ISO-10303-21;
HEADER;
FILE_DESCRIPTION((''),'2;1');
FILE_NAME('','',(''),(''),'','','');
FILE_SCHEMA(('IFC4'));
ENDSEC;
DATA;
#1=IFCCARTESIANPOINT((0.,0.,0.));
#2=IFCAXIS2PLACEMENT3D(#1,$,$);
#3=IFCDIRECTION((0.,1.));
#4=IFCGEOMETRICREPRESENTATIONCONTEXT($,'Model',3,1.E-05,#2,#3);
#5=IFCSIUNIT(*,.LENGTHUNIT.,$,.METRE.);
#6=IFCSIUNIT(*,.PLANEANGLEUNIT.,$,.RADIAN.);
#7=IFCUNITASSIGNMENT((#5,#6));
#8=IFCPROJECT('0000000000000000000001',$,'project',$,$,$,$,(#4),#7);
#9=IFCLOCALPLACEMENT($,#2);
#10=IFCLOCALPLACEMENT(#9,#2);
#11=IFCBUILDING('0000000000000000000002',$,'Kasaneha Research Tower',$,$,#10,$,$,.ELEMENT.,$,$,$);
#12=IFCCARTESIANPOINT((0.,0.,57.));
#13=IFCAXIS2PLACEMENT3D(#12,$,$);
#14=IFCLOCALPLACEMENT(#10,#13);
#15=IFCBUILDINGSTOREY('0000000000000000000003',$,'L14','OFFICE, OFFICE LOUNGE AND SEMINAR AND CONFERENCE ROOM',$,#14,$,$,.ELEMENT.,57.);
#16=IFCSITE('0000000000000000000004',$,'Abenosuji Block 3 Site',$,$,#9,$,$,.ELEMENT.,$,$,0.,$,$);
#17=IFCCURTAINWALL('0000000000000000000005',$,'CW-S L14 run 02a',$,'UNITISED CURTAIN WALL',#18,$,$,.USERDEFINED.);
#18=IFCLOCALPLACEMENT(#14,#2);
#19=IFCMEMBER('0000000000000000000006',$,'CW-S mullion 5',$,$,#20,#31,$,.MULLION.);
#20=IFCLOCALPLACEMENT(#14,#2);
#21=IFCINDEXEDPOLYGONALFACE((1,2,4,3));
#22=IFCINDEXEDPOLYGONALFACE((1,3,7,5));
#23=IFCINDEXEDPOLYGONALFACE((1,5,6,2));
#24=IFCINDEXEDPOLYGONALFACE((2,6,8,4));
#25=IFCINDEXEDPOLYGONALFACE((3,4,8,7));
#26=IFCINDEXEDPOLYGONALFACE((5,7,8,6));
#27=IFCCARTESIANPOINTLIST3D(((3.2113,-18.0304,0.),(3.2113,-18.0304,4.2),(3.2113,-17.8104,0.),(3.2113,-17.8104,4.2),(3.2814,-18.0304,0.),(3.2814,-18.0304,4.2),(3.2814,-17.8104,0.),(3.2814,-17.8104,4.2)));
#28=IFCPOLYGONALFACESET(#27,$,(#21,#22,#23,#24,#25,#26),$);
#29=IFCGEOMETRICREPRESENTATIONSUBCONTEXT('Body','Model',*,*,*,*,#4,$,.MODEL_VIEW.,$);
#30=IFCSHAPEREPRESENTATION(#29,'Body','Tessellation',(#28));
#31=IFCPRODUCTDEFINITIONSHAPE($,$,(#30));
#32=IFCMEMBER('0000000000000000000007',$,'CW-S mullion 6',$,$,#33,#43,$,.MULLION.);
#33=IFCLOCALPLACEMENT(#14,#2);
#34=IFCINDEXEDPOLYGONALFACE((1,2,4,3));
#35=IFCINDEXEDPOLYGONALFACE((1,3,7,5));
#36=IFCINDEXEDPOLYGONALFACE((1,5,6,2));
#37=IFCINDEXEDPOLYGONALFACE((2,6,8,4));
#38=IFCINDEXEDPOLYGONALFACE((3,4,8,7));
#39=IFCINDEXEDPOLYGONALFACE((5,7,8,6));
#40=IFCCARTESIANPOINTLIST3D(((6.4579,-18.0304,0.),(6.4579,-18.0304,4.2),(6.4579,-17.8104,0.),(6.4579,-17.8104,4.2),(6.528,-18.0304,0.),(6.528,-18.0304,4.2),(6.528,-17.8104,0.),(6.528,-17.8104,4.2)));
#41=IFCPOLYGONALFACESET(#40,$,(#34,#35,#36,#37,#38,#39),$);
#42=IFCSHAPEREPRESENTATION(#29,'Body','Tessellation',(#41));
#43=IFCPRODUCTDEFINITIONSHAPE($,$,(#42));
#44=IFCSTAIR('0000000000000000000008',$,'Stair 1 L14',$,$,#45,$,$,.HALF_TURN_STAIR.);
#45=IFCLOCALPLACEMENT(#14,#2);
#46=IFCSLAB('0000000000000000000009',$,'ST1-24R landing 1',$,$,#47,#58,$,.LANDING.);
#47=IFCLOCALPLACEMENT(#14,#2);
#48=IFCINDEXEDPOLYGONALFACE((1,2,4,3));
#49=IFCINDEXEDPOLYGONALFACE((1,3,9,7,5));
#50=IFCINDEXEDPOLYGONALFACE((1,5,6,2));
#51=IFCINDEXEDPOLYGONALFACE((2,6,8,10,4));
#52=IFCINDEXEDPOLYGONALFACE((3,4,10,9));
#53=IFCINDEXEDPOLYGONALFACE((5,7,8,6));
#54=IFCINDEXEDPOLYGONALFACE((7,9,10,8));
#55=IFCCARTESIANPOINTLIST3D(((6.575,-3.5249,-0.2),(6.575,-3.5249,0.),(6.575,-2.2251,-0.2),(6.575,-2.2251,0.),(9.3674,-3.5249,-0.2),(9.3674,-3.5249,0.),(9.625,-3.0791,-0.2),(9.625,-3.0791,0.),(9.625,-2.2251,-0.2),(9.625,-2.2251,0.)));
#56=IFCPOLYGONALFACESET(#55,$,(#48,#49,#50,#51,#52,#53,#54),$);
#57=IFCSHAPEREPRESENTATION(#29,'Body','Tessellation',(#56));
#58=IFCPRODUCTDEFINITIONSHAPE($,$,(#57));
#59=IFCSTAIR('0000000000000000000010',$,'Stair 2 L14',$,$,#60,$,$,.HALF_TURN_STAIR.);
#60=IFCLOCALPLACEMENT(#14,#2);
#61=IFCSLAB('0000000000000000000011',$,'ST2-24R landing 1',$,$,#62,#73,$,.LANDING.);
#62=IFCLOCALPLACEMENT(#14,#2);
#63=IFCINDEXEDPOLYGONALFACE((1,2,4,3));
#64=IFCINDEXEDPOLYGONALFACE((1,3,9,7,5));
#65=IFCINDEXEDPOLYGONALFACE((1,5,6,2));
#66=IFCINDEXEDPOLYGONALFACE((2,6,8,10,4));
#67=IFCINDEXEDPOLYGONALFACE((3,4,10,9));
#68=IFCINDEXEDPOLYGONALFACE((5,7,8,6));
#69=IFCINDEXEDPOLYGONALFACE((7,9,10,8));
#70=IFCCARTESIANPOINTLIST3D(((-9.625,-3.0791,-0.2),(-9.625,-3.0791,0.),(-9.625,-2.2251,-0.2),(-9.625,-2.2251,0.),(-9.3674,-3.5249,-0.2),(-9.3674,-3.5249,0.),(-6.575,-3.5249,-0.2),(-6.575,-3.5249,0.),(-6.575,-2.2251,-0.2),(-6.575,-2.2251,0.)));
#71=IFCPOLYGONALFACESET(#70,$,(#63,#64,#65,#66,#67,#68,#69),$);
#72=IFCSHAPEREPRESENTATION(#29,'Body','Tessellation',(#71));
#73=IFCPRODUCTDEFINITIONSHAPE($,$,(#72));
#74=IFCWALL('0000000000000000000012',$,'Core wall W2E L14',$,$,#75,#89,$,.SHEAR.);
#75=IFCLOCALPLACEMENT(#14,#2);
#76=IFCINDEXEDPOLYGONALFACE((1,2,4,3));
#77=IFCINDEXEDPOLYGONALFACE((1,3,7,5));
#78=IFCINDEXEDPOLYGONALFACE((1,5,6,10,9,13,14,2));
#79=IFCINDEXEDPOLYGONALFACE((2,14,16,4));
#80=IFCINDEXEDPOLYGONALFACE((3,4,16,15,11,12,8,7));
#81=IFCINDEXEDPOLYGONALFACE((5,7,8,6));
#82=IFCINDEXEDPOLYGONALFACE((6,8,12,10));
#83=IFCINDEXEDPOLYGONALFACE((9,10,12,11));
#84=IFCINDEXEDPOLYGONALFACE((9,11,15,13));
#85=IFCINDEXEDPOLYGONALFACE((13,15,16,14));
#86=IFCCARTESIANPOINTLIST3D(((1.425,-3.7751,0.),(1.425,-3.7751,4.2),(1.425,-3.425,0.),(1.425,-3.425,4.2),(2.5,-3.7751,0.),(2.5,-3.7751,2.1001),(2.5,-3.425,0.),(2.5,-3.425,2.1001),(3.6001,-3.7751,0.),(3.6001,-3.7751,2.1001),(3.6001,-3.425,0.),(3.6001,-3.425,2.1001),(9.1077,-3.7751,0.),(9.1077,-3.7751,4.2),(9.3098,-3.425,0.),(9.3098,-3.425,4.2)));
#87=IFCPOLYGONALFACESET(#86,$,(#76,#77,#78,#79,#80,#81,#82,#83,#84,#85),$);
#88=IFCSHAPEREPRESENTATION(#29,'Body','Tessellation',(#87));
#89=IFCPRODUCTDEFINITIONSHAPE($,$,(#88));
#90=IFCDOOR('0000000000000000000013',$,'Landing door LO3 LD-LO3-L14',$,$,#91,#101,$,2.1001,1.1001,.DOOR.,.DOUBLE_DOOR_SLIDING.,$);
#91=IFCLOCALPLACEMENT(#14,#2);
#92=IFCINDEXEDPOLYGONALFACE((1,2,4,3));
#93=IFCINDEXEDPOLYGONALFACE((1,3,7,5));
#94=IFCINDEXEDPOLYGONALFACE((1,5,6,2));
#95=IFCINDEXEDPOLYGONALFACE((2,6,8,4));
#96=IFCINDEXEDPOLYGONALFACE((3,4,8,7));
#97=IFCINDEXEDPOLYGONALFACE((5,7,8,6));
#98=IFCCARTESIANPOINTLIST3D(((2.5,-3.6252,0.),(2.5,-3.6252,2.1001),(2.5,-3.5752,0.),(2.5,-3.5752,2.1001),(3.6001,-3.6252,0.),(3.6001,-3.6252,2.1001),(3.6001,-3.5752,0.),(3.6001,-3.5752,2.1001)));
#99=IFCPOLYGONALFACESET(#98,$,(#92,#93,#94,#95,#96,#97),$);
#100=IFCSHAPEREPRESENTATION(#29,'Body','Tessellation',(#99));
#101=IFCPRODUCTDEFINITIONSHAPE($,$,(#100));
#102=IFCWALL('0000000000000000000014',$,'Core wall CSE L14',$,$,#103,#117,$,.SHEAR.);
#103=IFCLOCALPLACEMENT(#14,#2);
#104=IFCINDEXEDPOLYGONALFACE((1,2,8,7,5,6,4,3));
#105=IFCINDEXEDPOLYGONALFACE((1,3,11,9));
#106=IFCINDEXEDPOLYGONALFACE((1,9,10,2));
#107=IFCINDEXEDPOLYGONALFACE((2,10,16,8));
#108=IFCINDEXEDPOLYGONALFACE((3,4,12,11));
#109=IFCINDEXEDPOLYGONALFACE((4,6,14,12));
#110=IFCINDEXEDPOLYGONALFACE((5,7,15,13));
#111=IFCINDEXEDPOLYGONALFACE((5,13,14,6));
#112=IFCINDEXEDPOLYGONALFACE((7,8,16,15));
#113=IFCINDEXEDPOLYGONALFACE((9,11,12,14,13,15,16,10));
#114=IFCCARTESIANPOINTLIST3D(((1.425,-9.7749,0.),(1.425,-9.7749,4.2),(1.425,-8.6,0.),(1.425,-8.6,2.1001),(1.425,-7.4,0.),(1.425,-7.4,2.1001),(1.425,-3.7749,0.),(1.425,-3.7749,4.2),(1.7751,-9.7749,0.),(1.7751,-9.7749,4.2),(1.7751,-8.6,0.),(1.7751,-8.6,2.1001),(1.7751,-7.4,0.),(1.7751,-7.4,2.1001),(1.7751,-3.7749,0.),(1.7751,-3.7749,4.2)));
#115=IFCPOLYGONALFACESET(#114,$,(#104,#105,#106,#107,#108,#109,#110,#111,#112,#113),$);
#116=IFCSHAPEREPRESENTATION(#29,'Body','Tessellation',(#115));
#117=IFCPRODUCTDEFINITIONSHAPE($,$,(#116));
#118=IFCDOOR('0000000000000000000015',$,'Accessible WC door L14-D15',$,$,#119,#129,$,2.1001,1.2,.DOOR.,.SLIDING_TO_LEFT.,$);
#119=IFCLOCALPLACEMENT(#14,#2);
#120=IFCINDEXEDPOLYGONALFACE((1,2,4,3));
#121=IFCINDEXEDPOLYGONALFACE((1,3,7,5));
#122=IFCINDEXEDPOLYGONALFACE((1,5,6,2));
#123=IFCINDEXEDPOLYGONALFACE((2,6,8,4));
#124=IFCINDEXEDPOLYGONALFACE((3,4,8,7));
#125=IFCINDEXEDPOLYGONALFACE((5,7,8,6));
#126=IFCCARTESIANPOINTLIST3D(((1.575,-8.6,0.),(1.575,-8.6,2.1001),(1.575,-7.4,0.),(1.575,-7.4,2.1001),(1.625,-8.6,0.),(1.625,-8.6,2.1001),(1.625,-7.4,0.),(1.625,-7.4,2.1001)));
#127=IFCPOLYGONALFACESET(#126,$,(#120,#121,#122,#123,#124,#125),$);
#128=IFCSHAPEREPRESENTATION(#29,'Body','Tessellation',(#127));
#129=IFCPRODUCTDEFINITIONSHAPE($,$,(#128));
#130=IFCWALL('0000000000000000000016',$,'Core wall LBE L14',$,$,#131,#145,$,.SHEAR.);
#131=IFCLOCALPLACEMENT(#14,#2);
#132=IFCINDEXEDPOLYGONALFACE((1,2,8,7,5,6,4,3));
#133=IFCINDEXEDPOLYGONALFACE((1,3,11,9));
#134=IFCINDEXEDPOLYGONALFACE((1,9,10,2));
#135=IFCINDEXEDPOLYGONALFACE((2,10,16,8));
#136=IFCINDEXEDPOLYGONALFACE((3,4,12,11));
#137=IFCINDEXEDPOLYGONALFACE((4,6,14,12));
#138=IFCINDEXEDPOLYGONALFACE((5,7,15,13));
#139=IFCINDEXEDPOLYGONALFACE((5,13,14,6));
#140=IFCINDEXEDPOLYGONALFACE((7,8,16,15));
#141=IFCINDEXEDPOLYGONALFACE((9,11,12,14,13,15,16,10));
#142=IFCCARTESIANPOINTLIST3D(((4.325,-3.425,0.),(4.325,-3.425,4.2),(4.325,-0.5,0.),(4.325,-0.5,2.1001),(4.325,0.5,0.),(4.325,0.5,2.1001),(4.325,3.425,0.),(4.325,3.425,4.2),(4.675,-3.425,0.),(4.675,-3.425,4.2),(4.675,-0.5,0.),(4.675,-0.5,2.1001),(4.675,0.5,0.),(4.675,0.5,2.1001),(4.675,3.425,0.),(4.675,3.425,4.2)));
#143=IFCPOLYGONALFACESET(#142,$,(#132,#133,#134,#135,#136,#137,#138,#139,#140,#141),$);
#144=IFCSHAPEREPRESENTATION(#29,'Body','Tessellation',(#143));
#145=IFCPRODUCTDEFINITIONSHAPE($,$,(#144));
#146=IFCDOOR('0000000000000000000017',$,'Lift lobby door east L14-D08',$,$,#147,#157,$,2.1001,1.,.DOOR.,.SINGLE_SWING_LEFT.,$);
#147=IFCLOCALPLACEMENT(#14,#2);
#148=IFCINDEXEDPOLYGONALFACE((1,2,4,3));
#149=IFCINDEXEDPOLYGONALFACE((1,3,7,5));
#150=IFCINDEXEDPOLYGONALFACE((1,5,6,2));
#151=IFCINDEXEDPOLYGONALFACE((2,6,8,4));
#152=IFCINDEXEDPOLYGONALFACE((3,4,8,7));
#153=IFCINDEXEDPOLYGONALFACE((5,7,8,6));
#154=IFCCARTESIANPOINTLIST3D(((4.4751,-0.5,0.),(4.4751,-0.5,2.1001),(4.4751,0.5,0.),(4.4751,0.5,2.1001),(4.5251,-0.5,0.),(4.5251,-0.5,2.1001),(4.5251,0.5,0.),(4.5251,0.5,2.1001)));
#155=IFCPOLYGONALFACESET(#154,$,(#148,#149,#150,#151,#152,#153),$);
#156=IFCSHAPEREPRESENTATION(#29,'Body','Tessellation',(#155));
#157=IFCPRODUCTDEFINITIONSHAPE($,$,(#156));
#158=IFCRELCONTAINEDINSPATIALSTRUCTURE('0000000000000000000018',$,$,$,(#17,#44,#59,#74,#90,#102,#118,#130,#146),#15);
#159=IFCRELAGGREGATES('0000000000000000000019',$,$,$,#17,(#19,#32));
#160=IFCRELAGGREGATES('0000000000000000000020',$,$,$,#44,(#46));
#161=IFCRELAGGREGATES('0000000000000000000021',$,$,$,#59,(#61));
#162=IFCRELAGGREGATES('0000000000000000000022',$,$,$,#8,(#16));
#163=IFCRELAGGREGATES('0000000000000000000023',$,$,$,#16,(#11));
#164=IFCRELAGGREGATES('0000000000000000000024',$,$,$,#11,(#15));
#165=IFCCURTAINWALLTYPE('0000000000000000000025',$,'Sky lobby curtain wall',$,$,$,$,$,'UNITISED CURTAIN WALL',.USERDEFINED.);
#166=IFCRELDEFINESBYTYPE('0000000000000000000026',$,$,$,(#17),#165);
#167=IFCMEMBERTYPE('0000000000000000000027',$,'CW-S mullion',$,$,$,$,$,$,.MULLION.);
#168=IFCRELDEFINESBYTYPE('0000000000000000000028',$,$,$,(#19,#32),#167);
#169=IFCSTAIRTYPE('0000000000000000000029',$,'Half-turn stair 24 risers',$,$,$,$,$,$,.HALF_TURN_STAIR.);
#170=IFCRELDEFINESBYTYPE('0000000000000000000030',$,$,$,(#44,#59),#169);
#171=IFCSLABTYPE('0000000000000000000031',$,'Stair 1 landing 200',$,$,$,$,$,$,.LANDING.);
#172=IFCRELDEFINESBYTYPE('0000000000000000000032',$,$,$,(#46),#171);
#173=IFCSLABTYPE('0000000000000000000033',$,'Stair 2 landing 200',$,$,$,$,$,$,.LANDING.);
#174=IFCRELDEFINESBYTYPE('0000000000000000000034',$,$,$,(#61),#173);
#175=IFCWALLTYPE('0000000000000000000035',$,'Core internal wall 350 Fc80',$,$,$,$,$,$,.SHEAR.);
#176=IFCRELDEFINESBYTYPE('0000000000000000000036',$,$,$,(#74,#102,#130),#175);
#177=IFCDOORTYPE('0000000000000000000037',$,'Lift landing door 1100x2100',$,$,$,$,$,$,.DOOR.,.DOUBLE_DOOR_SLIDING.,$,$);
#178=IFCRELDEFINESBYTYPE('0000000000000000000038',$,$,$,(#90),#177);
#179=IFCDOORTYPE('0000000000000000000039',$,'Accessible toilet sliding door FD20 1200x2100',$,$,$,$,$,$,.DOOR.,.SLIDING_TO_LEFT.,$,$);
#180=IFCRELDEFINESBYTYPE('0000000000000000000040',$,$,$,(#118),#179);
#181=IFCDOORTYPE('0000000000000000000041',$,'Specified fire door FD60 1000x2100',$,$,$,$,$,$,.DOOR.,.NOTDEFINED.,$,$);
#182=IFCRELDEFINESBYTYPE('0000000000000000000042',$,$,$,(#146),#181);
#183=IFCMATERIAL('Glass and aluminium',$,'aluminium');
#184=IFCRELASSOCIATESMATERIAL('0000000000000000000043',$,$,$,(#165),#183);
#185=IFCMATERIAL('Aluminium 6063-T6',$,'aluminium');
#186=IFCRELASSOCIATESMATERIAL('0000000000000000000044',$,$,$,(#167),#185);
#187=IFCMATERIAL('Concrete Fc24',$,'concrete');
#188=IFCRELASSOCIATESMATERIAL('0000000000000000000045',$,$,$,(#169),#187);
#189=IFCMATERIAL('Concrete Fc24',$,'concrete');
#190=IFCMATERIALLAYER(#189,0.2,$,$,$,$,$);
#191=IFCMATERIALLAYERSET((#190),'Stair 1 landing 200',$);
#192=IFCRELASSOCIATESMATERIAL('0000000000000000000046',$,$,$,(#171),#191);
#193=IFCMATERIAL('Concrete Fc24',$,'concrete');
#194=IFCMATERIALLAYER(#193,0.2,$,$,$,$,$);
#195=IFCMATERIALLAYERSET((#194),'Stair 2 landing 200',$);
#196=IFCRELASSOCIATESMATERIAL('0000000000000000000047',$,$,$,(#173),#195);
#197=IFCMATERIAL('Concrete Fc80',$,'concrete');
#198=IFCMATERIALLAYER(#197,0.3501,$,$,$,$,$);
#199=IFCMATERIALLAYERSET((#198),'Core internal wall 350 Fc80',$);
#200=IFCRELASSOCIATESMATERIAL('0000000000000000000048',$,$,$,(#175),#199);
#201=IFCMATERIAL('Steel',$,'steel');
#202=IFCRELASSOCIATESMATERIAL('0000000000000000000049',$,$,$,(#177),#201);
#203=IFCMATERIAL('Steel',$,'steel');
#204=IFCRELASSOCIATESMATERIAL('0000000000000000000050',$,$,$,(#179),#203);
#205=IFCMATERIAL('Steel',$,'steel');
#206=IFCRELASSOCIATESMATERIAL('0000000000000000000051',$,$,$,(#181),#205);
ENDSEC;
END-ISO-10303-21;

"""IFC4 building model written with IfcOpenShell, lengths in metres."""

from ifc_helpers import new_model, si_unit, direction, frame, frame_2d, origin, origin_2d, place, context, subcontext, project, spatial, polyline, rectangle, outline, extrude, material, layer, layer_set, material_profile, profile_set, type_object, element, fill, aggregate, save


model = new_model("IFC4")

# Units and contexts
model_context = context("Model", 3, precision=1e-05, world=origin(), true_north=direction((0.0, 1.0)))
body_context = subcontext(model_context, "Body", "Model", "MODEL_VIEW")
ifc_project = project(units=[si_unit("LENGTHUNIT", "METRE"), si_unit("PLANEANGLEUNIT", "RADIAN")], contexts=[model_context])

# Site, building, storey
site_placement = place(None, origin())
site = spatial("IfcSite", under=ifc_project, at=site_placement, Name="Abenosuji Block 3 Site", CompositionType="ELEMENT", RefElevation=0.0)
building_placement = place(site_placement, origin())
building = spatial("IfcBuilding", under=site, at=building_placement, Name="Kasaneha Research Tower", CompositionType="ELEMENT")
storey_placement = place(building_placement, frame((0.0, 0.0, 57.0)))
storey = spatial("IfcBuildingStorey", under=building, at=storey_placement, Name="L14", Description="OFFICE, OFFICE LOUNGE AND SEMINAR AND CONFERENCE ROOM", CompositionType="ELEMENT", Elevation=57.0)

# Curtain wall, members
ifc_material_1 = material(Name="Glass and aluminium", Category="aluminium")
curtain_wall_type = type_object("IfcCurtainWallType", Name="Sky lobby curtain wall", ElementType="UNITISED CURTAIN WALL", PredefinedType="USERDEFINED", material=ifc_material_1)
curtain_wall_placement = place(storey_placement, origin())
curtain_wall = element("IfcCurtainWall", 1, at=curtain_wall_placement, inside=storey, type_object=curtain_wall_type, Name="CW-S L14 run 02a", ObjectType="UNITISED CURTAIN WALL", PredefinedType="USERDEFINED")
ifc_material_2 = material(Name="Aluminium 6063-T6", Category="aluminium")
ifc_material_profile_1 = material_profile(ifc_material_2, rectangle(XDim=0.0701, YDim=0.22, at=origin_2d()), Name="CW-S mullion 70x220")
ifc_profile_set_1 = profile_set([ifc_material_profile_1], Name="Aluminium 6063-T6")
member_type = type_object("IfcMemberType", Name="CW-S mullion", PredefinedType="MULLION", material=ifc_profile_set_1)
member_1_placement = place(storey_placement, frame((3.2463, -17.9204, 0.0), z_axis=(0.0, 0.0, 1.0), x_axis=(1.0, 0.0, 0.0)))
member_1 = element("IfcMember", 2, at=member_1_placement, type_object=member_type, Name="CW-S mullion 5", PredefinedType="MULLION", context=body_context, shape_type="SweptSolid", body=[
    extrude(rectangle(XDim=0.0701, YDim=0.22, at=origin_2d()), origin(), (0.0, 0.0, 1.0), 4.2),
])
member_2_placement = place(storey_placement, frame((6.4929, -17.9204, 0.0), z_axis=(0.0, 0.0, 1.0), x_axis=(1.0, 0.0, 0.0)))
member_2 = element("IfcMember", 3, at=member_2_placement, type_object=member_type, Name="CW-S mullion 6", PredefinedType="MULLION", context=body_context, shape_type="SweptSolid", body=[
    extrude(rectangle(XDim=0.0701, YDim=0.22, at=origin_2d()), origin(), (0.0, 0.0, 1.0), 4.2),
])
aggregate(curtain_wall, [member_1, member_2])

# Stairs, slabs
ifc_material_3 = material(Name="Concrete Fc24", Category="concrete")
stair_type = type_object("IfcStairType", Name="Half-turn stair 24 risers", PredefinedType="HALF_TURN_STAIR", material=ifc_material_3)
stair_1_placement = place(storey_placement, origin())
stair_1 = element("IfcStair", 4, at=stair_1_placement, inside=storey, type_object=stair_type, Name="Stair 1 L14", PredefinedType="HALF_TURN_STAIR")
ifc_material_4 = material(Name="Concrete Fc24", Category="concrete")
ifc_layer_1 = layer(ifc_material_4, 0.2)
ifc_layer_set_1 = layer_set([ifc_layer_1], Name="Stair 1 landing 200")
slab_type_1 = type_object("IfcSlabType", Name="Stair 1 landing 200", PredefinedType="LANDING", material=ifc_layer_set_1)
slab_1_placement = place(storey_placement, frame((0.0, 0.0, -0.2)))
slab_1 = element("IfcSlab", 5, at=slab_1_placement, type_object=slab_type_1, Name="ST1-24R landing 1", PredefinedType="LANDING", context=body_context, shape_type="SweptSolid", body=[
    extrude(outline(polyline([(9.3674, -3.5249), (6.575, -3.5249), (6.575, -2.2251), (9.625, -2.2251), (9.625, -3.0791), (9.3674, -3.5249)])), origin(), (0.0, 0.0, 1.0), 0.2),
])
aggregate(stair_1, [slab_1])
stair_2_placement = place(storey_placement, origin())
stair_2 = element("IfcStair", 6, at=stair_2_placement, inside=storey, type_object=stair_type, Name="Stair 2 L14", PredefinedType="HALF_TURN_STAIR")
ifc_material_5 = material(Name="Concrete Fc24", Category="concrete")
ifc_layer_2 = layer(ifc_material_5, 0.2)
ifc_layer_set_2 = layer_set([ifc_layer_2], Name="Stair 2 landing 200")
slab_type_2 = type_object("IfcSlabType", Name="Stair 2 landing 200", PredefinedType="LANDING", material=ifc_layer_set_2)
slab_2_placement = place(storey_placement, frame((0.0, 0.0, -0.2)))
slab_2 = element("IfcSlab", 7, at=slab_2_placement, type_object=slab_type_2, Name="ST2-24R landing 1", PredefinedType="LANDING", context=body_context, shape_type="SweptSolid", body=[
    extrude(outline(polyline([(-6.575, -3.5249), (-9.3674, -3.5249), (-9.625, -3.0791), (-9.625, -2.2251), (-6.575, -2.2251), (-6.575, -3.5249)])), origin(), (0.0, 0.0, 1.0), 0.2),
])
aggregate(stair_2, [slab_2])

# Walls, openings, doors
ifc_material_6 = material(Name="Concrete Fc80", Category="concrete")
ifc_layer_3 = layer(ifc_material_6, 0.3501)
ifc_layer_set_3 = layer_set([ifc_layer_3], Name="Core internal wall 350 Fc80")
wall_type_1 = type_object("IfcWallType", Name="Core internal wall 350 Fc80", PredefinedType="SHEAR", material=ifc_layer_set_3)
wall_1_placement = place(storey_placement, frame((1.425, -3.6001, 0.0), z_axis=(0.0, 0.0, 1.0), x_axis=(1.0, 0.0, 0.0)))
wall_1 = element("IfcWall", 8, at=wall_1_placement, inside=storey, type_object=wall_type_1, Name="Core wall W2E L14", PredefinedType="SHEAR", context=body_context, shape_type="SweptSolid", body=[
    extrude(outline(polyline([(0.0, -0.175), (1.075, -0.175), (2.175, -0.175), (7.6826, -0.175), (7.8848, 0.175), (2.175, 0.175), (1.075, 0.175), (0.0, 0.175), (0.0, -0.175)])), origin(), (0.0, 0.0, 1.0), 4.2),
])
opening_1_placement = place(wall_1_placement, frame((1.075, 0.0, 0.0)))
opening_1 = element("IfcOpeningElement", 9, at=opening_1_placement, cuts=wall_1, PredefinedType="OPENING", context=body_context, shape_type="SweptSolid", body=[
    extrude(rectangle(XDim=1.1001, YDim=2.1001, at=frame_2d((0.55, 1.05))), frame((0.0, 0.1851, 0.0), z_axis=(0.0, -1.0, 0.0), x_axis=(1.0, 0.0, 0.0)), (0.0, 0.0, 1.0), 0.3701),
])
ifc_material_7 = material(Name="Steel", Category="steel")
door_type_1 = type_object("IfcDoorType", Name="Lift landing door 1100x2100", OperationType="DOUBLE_DOOR_SLIDING", PredefinedType="DOOR", material=ifc_material_7)
door_1_placement = place(opening_1_placement, origin())
door_1 = element("IfcDoor", 10, at=door_1_placement, inside=storey, type_object=door_type_1, Name="Landing door LO3 LD-LO3-L14", OperationType="DOUBLE_DOOR_SLIDING", OverallHeight=2.1001, OverallWidth=1.1001, PredefinedType="DOOR", context=body_context, shape_type="SweptSolid", body=[
    extrude(rectangle(XDim=1.1001, YDim=2.1001, at=frame_2d((0.55, 1.05))), frame((0.0, 0.0249, 0.0), z_axis=(0.0, -1.0, 0.0), x_axis=(1.0, 0.0, 0.0)), (0.0, 0.0, 1.0), 0.05),
])
fill(opening_1, door_1)
wall_2_placement = place(storey_placement, frame((1.6001, -3.7749, 0.0), z_axis=(0.0, 0.0, 1.0), x_axis=(0.0, -1.0, 0.0)))
wall_2 = element("IfcWall", 11, at=wall_2_placement, inside=storey, type_object=wall_type_1, Name="Core wall CSE L14", PredefinedType="SHEAR", context=body_context, shape_type="SweptSolid", body=[
    extrude(rectangle(XDim=6.0, YDim=0.3501, at=frame_2d((3.0, 0.0))), origin(), (0.0, 0.0, 1.0), 4.2),
])
opening_2_placement = place(wall_2_placement, frame((3.625, 0.0, 0.0)))
opening_2 = element("IfcOpeningElement", 12, at=opening_2_placement, cuts=wall_2, PredefinedType="OPENING", context=body_context, shape_type="SweptSolid", body=[
    extrude(rectangle(XDim=1.2, YDim=2.1001, at=frame_2d((0.6001, 1.05))), frame((0.0, 0.1851, 0.0), z_axis=(0.0, -1.0, 0.0), x_axis=(1.0, 0.0, 0.0)), (0.0, 0.0, 1.0), 0.3701),
])
ifc_material_8 = material(Name="Steel", Category="steel")
door_type_2 = type_object("IfcDoorType", Name="Accessible toilet sliding door FD20 1200x2100", OperationType="SLIDING_TO_LEFT", PredefinedType="DOOR", material=ifc_material_8)
door_2_placement = place(opening_2_placement, origin())
door_2 = element("IfcDoor", 13, at=door_2_placement, inside=storey, type_object=door_type_2, Name="Accessible WC door L14-D15", OperationType="SLIDING_TO_LEFT", OverallHeight=2.1001, OverallWidth=1.2, PredefinedType="DOOR", context=body_context, shape_type="SweptSolid", body=[
    extrude(rectangle(XDim=1.2, YDim=2.1001, at=frame_2d((0.6001, 1.05))), frame((0.0, 0.0249, 0.0), z_axis=(0.0, -1.0, 0.0), x_axis=(1.0, 0.0, 0.0)), (0.0, 0.0, 1.0), 0.05),
])
fill(opening_2, door_2)
wall_3_placement = place(storey_placement, frame((4.5, -3.425, 0.0), z_axis=(0.0, 0.0, 1.0), x_axis=(0.0, 1.0, 0.0)))
wall_3 = element("IfcWall", 14, at=wall_3_placement, inside=storey, type_object=wall_type_1, Name="Core wall LBE L14", PredefinedType="SHEAR", context=body_context, shape_type="SweptSolid", body=[
    extrude(rectangle(XDim=6.8501, YDim=0.3501, at=frame_2d((3.425, 0.0))), origin(), (0.0, 0.0, 1.0), 4.2),
])
opening_3_placement = place(wall_3_placement, frame((2.925, 0.0, 0.0)))
opening_3 = element("IfcOpeningElement", 15, at=opening_3_placement, cuts=wall_3, PredefinedType="OPENING", context=body_context, shape_type="SweptSolid", body=[
    extrude(rectangle(XDim=1.0, YDim=2.1001, at=frame_2d((0.5, 1.05))), frame((0.0, 0.1851, 0.0), z_axis=(0.0, -1.0, 0.0), x_axis=(1.0, 0.0, 0.0)), (0.0, 0.0, 1.0), 0.3701),
])
ifc_material_9 = material(Name="Steel", Category="steel")
door_type_3 = type_object("IfcDoorType", Name="Specified fire door FD60 1000x2100", OperationType="NOTDEFINED", PredefinedType="DOOR", material=ifc_material_9)
door_3_placement = place(opening_3_placement, origin())
door_3 = element("IfcDoor", 16, at=door_3_placement, inside=storey, type_object=door_type_3, Name="Lift lobby door east L14-D08", OperationType="SINGLE_SWING_LEFT", OverallHeight=2.1001, OverallWidth=1.0, PredefinedType="DOOR", context=body_context, shape_type="SweptSolid", body=[
    extrude(rectangle(XDim=1.0, YDim=2.1001, at=frame_2d((0.5, 1.05))), frame((0.0, 0.0249, 0.0), z_axis=(0.0, -1.0, 0.0), x_axis=(1.0, 0.0, 0.0)), (0.0, 0.0, 1.0), 0.05),
])
fill(opening_3, door_3)

save(model, "model.ifc")
